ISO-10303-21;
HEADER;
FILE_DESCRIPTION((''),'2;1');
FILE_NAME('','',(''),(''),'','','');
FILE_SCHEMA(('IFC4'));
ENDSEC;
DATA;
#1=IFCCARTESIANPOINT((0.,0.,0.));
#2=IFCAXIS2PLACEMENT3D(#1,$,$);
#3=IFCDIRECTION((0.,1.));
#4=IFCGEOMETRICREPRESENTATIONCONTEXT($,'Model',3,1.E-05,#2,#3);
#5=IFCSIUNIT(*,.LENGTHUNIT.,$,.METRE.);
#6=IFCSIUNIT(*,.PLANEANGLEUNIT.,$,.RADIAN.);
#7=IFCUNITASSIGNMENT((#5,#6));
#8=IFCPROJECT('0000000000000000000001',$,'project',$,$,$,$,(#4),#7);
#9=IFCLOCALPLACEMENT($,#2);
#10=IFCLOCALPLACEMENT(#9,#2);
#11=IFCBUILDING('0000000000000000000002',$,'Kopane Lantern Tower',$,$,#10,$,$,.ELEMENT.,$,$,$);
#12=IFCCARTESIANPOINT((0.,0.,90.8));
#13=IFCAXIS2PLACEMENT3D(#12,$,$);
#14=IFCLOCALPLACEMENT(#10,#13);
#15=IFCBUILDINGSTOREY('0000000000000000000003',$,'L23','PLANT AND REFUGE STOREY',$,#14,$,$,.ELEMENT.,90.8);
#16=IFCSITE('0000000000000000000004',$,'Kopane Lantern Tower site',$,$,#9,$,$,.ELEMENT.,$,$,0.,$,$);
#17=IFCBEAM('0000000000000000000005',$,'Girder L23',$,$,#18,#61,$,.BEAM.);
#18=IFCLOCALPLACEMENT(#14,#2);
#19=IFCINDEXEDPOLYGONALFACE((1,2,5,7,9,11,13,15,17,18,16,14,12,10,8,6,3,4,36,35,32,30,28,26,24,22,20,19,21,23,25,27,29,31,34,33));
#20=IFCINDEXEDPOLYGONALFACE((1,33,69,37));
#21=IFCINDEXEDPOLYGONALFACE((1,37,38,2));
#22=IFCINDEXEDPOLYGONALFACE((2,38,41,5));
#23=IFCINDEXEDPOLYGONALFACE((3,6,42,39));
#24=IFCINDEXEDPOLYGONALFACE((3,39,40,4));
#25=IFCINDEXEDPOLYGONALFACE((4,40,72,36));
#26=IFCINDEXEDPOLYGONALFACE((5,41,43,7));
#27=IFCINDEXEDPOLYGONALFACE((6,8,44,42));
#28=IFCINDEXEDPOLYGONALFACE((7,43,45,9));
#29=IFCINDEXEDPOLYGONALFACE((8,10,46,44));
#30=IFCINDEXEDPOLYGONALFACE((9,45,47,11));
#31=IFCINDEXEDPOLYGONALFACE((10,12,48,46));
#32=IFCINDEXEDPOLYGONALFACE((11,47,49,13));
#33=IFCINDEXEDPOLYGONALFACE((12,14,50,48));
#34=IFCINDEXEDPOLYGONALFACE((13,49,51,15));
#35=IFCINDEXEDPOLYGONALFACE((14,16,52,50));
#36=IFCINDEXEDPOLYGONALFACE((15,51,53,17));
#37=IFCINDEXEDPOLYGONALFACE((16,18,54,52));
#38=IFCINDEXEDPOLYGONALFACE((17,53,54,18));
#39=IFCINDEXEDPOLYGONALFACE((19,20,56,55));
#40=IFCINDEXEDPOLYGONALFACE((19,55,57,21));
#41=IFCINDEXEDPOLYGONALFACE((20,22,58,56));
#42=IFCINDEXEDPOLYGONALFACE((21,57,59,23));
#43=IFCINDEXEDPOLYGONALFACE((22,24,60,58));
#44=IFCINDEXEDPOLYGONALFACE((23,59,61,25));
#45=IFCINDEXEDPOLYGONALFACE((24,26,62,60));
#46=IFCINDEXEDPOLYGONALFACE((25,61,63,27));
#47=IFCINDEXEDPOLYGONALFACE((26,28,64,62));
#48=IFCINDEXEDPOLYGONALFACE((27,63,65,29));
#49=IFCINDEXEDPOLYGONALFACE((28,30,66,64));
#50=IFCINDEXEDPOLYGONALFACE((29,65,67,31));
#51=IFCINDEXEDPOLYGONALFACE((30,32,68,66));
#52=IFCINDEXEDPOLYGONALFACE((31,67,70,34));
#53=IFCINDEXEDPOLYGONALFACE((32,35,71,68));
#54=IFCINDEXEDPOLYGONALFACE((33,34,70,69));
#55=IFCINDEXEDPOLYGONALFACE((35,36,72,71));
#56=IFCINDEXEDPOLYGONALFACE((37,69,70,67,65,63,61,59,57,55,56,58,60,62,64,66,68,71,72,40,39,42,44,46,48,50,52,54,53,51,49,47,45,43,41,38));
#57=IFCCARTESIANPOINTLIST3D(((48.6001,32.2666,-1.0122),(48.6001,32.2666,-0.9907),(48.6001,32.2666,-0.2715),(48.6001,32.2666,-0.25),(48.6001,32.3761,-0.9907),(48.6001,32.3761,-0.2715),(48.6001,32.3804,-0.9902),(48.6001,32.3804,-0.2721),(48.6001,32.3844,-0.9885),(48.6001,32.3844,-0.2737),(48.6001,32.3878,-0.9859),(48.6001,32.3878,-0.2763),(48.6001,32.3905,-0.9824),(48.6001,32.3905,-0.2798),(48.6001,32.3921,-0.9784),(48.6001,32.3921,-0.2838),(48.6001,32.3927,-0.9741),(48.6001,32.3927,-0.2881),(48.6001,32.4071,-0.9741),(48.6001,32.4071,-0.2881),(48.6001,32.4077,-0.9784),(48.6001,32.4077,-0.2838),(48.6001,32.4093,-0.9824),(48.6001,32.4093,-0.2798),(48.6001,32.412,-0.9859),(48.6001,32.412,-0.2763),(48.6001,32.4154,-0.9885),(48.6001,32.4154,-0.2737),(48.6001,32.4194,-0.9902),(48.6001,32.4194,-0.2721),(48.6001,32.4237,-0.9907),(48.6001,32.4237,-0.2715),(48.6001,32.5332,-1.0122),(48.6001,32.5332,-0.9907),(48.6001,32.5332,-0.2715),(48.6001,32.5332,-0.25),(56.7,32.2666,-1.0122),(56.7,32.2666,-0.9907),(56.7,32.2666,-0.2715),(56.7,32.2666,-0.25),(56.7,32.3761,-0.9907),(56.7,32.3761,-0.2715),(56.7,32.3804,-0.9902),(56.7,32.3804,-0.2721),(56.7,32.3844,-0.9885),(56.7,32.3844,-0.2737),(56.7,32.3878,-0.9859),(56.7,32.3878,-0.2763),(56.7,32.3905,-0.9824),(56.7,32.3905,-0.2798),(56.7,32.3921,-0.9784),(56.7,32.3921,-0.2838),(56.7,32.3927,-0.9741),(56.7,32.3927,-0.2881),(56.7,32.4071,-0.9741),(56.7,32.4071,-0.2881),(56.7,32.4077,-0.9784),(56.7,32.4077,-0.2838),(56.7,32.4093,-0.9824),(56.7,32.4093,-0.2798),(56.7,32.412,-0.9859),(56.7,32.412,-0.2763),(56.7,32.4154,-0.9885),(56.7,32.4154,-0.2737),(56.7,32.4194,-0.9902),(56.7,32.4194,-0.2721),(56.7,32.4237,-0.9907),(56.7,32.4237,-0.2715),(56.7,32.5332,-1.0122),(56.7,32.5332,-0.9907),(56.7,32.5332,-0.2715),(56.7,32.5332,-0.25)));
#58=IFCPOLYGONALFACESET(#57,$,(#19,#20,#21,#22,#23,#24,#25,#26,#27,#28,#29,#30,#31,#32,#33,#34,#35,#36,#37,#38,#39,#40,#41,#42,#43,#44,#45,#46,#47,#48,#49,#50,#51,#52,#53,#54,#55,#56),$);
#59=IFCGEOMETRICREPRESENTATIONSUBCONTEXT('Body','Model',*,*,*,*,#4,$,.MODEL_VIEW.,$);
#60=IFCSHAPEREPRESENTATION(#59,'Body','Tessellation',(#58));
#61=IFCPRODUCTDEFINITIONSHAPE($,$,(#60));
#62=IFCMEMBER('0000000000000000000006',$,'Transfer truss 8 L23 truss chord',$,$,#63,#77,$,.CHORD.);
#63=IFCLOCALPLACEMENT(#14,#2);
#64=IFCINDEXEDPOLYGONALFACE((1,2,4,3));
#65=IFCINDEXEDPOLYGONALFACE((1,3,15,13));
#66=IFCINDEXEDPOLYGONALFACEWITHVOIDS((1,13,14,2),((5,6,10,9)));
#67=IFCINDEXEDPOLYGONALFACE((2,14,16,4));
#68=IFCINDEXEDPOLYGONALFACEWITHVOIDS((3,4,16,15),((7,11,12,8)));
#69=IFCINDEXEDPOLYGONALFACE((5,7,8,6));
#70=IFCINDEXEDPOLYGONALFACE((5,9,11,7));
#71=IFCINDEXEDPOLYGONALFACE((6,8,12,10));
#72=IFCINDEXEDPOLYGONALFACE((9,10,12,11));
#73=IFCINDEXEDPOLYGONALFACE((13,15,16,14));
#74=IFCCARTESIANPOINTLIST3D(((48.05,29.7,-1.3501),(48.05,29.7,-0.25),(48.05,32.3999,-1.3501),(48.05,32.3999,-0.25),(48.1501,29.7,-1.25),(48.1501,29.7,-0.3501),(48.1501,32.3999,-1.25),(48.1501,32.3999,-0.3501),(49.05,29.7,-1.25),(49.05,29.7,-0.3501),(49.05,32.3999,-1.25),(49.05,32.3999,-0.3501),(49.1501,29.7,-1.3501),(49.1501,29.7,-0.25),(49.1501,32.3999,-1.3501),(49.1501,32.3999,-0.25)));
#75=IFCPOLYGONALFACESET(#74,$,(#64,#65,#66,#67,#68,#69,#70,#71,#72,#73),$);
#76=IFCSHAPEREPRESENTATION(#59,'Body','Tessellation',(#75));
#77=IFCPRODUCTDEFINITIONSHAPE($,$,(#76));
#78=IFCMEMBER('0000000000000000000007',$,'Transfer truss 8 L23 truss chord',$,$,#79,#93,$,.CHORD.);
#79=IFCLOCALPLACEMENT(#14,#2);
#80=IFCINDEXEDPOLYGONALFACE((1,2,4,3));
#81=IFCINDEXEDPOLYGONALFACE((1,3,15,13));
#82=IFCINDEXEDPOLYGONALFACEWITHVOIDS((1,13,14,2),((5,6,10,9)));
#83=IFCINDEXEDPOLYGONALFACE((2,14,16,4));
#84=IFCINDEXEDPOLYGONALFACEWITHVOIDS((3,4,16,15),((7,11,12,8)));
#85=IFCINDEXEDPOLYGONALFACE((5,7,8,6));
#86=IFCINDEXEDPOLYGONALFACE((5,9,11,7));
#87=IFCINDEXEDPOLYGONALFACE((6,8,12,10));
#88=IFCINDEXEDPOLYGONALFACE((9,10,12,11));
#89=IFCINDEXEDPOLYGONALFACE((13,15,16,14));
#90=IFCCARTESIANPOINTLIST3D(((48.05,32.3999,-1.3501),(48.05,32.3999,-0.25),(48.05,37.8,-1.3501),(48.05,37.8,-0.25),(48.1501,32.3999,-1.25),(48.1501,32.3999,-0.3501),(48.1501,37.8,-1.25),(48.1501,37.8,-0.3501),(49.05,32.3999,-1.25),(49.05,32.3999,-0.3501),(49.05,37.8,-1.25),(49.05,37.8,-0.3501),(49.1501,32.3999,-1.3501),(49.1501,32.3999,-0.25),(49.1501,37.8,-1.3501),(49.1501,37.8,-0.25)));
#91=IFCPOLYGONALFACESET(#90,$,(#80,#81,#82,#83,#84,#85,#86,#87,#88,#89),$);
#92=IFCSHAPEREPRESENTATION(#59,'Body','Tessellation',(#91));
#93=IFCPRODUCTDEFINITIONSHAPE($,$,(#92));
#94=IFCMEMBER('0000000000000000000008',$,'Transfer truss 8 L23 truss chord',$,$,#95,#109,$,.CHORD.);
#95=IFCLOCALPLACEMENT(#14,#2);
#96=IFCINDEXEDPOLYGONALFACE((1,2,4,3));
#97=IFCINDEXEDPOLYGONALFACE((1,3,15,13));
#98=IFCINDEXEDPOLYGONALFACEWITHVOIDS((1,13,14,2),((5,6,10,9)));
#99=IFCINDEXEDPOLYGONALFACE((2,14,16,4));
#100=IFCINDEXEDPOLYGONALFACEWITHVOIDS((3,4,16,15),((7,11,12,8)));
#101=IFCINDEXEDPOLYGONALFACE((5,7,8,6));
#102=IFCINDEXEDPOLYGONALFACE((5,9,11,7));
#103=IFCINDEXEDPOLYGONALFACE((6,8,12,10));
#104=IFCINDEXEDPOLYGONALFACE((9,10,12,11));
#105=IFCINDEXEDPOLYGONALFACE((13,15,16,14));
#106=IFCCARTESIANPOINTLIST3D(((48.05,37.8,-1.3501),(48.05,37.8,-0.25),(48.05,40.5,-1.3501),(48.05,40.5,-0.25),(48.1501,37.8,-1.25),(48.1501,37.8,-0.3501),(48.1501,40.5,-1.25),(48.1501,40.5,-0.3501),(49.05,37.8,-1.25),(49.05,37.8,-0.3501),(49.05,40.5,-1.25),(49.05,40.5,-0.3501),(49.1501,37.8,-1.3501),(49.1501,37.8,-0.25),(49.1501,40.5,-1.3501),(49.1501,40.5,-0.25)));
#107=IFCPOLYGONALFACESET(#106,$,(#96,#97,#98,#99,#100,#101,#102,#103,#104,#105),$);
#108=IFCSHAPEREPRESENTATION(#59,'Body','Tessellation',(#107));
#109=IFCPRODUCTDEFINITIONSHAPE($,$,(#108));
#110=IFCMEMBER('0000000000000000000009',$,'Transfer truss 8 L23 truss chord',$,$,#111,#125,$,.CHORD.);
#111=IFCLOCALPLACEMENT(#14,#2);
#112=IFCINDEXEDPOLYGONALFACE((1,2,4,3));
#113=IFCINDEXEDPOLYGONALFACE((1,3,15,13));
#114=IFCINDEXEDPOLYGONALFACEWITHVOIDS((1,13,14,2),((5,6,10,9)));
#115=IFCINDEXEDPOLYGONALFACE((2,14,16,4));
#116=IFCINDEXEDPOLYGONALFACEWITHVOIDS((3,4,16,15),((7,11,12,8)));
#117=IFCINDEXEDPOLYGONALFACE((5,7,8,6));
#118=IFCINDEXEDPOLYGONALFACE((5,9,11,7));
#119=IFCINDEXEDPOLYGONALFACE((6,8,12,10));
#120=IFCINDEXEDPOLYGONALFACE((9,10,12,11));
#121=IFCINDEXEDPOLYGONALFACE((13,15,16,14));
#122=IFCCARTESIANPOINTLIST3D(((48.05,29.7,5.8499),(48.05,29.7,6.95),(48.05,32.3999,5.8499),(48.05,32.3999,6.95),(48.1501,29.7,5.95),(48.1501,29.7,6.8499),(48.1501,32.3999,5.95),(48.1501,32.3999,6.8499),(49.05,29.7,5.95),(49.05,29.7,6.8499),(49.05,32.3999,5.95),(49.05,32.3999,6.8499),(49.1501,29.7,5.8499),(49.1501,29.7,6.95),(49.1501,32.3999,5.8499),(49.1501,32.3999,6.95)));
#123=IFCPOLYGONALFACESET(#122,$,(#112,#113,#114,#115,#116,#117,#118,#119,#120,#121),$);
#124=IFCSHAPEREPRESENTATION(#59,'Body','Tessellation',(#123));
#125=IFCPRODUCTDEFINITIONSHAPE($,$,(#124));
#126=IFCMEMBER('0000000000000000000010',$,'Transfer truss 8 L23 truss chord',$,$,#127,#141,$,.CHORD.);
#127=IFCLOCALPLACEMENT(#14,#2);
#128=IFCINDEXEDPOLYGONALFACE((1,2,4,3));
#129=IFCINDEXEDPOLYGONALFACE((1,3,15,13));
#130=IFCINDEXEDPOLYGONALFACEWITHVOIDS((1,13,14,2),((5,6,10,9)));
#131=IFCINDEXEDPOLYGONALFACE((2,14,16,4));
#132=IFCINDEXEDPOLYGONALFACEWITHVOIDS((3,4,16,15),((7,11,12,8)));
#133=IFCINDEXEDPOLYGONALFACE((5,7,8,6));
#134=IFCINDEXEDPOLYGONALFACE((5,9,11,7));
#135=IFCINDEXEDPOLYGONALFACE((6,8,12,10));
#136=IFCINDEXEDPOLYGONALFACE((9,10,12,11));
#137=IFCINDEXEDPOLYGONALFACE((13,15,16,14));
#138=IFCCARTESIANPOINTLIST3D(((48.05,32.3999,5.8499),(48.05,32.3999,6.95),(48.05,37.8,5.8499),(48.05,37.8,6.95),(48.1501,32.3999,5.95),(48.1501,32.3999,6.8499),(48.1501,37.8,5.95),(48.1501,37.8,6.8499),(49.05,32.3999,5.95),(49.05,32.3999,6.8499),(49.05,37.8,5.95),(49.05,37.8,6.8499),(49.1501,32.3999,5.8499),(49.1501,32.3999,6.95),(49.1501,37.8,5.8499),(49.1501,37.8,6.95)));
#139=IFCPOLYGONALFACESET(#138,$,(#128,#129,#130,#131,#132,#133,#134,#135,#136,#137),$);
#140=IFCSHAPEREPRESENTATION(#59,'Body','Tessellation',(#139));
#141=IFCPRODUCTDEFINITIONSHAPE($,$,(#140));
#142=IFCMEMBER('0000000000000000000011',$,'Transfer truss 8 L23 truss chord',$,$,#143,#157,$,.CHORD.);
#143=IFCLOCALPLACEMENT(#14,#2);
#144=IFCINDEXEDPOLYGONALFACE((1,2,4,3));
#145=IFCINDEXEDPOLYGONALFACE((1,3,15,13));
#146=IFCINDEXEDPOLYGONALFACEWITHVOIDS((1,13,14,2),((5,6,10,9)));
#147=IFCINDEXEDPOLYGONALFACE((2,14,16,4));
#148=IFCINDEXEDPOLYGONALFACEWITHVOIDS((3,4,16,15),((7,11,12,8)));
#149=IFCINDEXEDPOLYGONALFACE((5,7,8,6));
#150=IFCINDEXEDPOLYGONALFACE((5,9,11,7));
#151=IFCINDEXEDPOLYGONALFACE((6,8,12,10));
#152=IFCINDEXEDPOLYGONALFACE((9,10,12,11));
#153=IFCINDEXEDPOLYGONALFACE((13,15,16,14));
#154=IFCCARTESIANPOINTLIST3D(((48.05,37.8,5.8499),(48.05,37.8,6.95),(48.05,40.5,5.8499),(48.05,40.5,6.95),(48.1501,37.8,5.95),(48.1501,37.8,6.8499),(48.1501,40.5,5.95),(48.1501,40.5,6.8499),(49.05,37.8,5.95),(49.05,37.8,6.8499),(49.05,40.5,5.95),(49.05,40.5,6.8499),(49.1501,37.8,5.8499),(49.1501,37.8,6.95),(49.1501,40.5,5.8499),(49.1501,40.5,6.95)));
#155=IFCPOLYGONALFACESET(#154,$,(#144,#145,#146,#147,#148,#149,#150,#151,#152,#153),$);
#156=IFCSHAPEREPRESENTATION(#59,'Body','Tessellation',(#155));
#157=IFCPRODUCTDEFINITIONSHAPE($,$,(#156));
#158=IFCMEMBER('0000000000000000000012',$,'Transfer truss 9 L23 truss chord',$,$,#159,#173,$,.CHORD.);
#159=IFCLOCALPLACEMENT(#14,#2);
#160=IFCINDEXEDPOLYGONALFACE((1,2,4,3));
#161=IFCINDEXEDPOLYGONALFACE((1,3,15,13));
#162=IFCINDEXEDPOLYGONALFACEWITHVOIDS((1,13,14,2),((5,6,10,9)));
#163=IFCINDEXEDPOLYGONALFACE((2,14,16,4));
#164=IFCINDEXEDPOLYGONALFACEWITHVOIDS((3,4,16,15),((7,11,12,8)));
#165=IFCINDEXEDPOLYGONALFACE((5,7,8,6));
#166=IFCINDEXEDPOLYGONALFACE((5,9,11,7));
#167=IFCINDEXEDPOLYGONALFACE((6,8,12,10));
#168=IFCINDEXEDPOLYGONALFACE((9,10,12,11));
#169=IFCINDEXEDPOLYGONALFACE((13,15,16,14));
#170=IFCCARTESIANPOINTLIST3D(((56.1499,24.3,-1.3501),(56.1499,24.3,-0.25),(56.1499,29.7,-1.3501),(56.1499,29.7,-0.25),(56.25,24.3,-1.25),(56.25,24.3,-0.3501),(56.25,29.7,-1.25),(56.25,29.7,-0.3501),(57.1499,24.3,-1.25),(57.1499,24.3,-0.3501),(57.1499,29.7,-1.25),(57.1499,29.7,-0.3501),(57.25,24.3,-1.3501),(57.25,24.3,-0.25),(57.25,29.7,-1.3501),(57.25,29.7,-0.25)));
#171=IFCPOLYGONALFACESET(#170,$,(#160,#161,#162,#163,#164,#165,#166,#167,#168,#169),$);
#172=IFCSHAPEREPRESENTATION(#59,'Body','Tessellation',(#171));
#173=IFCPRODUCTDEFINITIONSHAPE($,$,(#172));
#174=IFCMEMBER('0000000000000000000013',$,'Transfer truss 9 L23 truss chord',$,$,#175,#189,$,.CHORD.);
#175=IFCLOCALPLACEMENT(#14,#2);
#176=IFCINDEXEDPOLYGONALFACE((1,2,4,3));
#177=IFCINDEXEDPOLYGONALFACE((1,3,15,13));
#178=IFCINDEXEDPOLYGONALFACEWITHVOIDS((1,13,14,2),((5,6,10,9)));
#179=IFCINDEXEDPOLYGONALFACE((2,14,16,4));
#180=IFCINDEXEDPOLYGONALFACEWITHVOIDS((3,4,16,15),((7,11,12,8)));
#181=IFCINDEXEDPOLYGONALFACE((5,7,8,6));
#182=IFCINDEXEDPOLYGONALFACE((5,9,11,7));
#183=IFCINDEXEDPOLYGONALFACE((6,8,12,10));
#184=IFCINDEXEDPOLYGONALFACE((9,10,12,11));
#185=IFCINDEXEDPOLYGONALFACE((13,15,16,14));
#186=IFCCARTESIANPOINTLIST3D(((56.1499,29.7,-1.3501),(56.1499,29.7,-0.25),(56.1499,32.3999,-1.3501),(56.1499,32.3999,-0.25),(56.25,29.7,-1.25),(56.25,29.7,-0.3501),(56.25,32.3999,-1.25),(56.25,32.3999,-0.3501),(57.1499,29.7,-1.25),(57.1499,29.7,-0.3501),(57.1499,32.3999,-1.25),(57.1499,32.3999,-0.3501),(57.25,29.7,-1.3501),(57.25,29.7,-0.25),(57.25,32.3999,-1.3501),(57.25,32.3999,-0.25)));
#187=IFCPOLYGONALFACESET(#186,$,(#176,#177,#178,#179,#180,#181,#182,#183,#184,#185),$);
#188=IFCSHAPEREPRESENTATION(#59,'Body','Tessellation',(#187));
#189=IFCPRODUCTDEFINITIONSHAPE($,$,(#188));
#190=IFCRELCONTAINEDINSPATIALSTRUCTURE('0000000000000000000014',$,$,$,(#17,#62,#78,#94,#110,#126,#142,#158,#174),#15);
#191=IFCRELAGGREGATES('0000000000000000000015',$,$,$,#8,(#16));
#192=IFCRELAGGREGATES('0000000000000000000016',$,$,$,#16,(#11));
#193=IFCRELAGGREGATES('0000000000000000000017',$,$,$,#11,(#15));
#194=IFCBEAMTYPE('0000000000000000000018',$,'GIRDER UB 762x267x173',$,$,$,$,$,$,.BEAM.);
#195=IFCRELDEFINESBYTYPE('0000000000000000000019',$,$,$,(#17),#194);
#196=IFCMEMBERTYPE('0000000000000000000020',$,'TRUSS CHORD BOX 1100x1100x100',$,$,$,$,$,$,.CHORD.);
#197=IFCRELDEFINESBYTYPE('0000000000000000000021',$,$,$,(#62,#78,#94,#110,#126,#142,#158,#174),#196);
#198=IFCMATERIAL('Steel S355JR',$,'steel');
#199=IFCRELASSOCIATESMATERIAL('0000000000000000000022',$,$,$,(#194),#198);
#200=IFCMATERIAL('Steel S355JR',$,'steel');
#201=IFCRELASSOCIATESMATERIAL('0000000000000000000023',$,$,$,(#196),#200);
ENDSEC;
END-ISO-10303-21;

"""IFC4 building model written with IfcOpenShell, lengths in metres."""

from ifc_helpers import new_model, si_unit, direction, frame, origin, origin_2d, place, context, subcontext, project, spatial, hollow_rectangle, i_section, extrude, material, material_profile, profile_set, type_object, element, save


model = new_model("IFC4")

# Units and contexts
model_context = context("Model", 3, precision=1e-05, world=origin(), true_north=direction((0.0, 1.0)))
body_context = subcontext(model_context, "Body", "Model", "MODEL_VIEW")
ifc_project = project(units=[si_unit("LENGTHUNIT", "METRE"), si_unit("PLANEANGLEUNIT", "RADIAN")], contexts=[model_context])

# Site, building, storey
site_placement = place(None, origin())
site = spatial("IfcSite", under=ifc_project, at=site_placement, Name="Kopane Lantern Tower site", CompositionType="ELEMENT", RefElevation=0.0)
building_placement = place(site_placement, origin())
building = spatial("IfcBuilding", under=site, at=building_placement, Name="Kopane Lantern Tower", CompositionType="ELEMENT")
storey_placement = place(building_placement, frame((0.0, 0.0, 90.8)))
storey = spatial("IfcBuildingStorey", under=building, at=storey_placement, Name="L23", Description="PLANT AND REFUGE STOREY", CompositionType="ELEMENT", Elevation=90.8)

# Beam
ifc_material_1 = material(Name="Steel S355JR", Category="steel")
ifc_material_profile_1 = material_profile(ifc_material_1, i_section(OverallWidth=0.2666, OverallDepth=0.7622, WebThickness=0.0144, FlangeThickness=0.0215, FilletRadius=0.0166, at=origin_2d()), Name="UB 762x267x173")
ifc_profile_set_1 = profile_set([ifc_material_profile_1], Name="Steel S355JR")
beam_type = type_object("IfcBeamType", Name="GIRDER UB 762x267x173", PredefinedType="BEAM", material=ifc_profile_set_1)
beam_placement = place(storey_placement, frame((48.6001, 32.3999, -0.6311), z_axis=(1.0, 0.0, 0.0), x_axis=(0.0, 1.0, 0.0)))
element("IfcBeam", 1, at=beam_placement, inside=storey, type_object=beam_type, Name="Girder L23", PredefinedType="BEAM", context=body_context, shape_type="SweptSolid", body=[
    extrude(i_section(OverallWidth=0.2666, OverallDepth=0.7622, WebThickness=0.0144, FlangeThickness=0.0215, FilletRadius=0.0166, at=origin_2d()), origin(), (0.0, 0.0, 1.0), 8.0999),
])

# Members
ifc_material_2 = material(Name="Steel S355JR", Category="steel")
ifc_material_profile_2 = material_profile(ifc_material_2, hollow_rectangle(XDim=1.1001, YDim=1.1001, WallThickness=0.1001, at=origin_2d()), Name="BOX 1100x1100x100")
ifc_profile_set_2 = profile_set([ifc_material_profile_2], Name="Steel S355JR")
member_type_1 = type_object("IfcMemberType", Name="TRUSS CHORD BOX 1100x1100x100", PredefinedType="CHORD", material=ifc_profile_set_2)
member_1_placement = place(storey_placement, frame((48.6001, 29.7, -0.8), z_axis=(0.0, 1.0, 0.0), x_axis=(-1.0, 0.0, 0.0)))
element("IfcMember", 2, at=member_1_placement, inside=storey, type_object=member_type_1, Name="Transfer truss 8 L23 truss chord", PredefinedType="CHORD", context=body_context, shape_type="SweptSolid", body=[
    extrude(hollow_rectangle(XDim=1.1001, YDim=1.1001, WallThickness=0.1001, at=origin_2d()), origin(), (0.0, 0.0, 1.0), 2.7),
])
member_2_placement = place(storey_placement, frame((48.6001, 32.3999, -0.8), z_axis=(0.0, 1.0, 0.0), x_axis=(-1.0, 0.0, 0.0)))
element("IfcMember", 3, at=member_2_placement, inside=storey, type_object=member_type_1, Name="Transfer truss 8 L23 truss chord", PredefinedType="CHORD", context=body_context, shape_type="SweptSolid", body=[
    extrude(hollow_rectangle(XDim=1.1001, YDim=1.1001, WallThickness=0.1001, at=origin_2d()), origin(), (0.0, 0.0, 1.0), 5.4001),
])
for number, where, z_axis, x_axis, name in (
    (4, (48.6001, 37.8, -0.8), (0.0, 1.0, 0.0), (-1.0, 0.0, 0.0), "Transfer truss 8 L23 truss chord"),
    (5, (48.6001, 29.7, 6.3999), (0.0, 1.0, 0.0), (-1.0, 0.0, 0.0), "Transfer truss 8 L23 truss chord"),
):
    element("IfcMember", number, at=place(storey_placement, frame(where, z_axis=z_axis, x_axis=x_axis)), inside=storey, type_object=member_type_1, Name=name, PredefinedType="CHORD", context=body_context, shape_type="SweptSolid", body=[
        extrude(hollow_rectangle(XDim=1.1001, YDim=1.1001, WallThickness=0.1001, at=origin_2d()), origin(), (0.0, 0.0, 1.0), 2.7),
    ])
member_3_placement = place(storey_placement, frame((48.6001, 32.3999, 6.3999), z_axis=(0.0, 1.0, 0.0), x_axis=(-1.0, 0.0, 0.0)))
element("IfcMember", 6, at=member_3_placement, inside=storey, type_object=member_type_1, Name="Transfer truss 8 L23 truss chord", PredefinedType="CHORD", context=body_context, shape_type="SweptSolid", body=[
    extrude(hollow_rectangle(XDim=1.1001, YDim=1.1001, WallThickness=0.1001, at=origin_2d()), origin(), (0.0, 0.0, 1.0), 5.4001),
])
member_4_placement = place(storey_placement, frame((48.6001, 37.8, 6.3999), z_axis=(0.0, 1.0, 0.0), x_axis=(-1.0, 0.0, 0.0)))
element("IfcMember", 7, at=member_4_placement, inside=storey, type_object=member_type_1, Name="Transfer truss 8 L23 truss chord", PredefinedType="CHORD", context=body_context, shape_type="SweptSolid", body=[
    extrude(hollow_rectangle(XDim=1.1001, YDim=1.1001, WallThickness=0.1001, at=origin_2d()), origin(), (0.0, 0.0, 1.0), 2.7),
])
member_5_placement = place(storey_placement, frame((56.7, 24.3, -0.8), z_axis=(0.0, 1.0, 0.0), x_axis=(-1.0, 0.0, 0.0)))
element("IfcMember", 8, at=member_5_placement, inside=storey, type_object=member_type_1, Name="Transfer truss 9 L23 truss chord", PredefinedType="CHORD", context=body_context, shape_type="SweptSolid", body=[
    extrude(hollow_rectangle(XDim=1.1001, YDim=1.1001, WallThickness=0.1001, at=origin_2d()), origin(), (0.0, 0.0, 1.0), 5.3999),
])
member_6_placement = place(storey_placement, frame((56.7, 29.7, -0.8), z_axis=(0.0, 1.0, 0.0), x_axis=(-1.0, 0.0, 0.0)))
element("IfcMember", 9, at=member_6_placement, inside=storey, type_object=member_type_1, Name="Transfer truss 9 L23 truss chord", PredefinedType="CHORD", context=body_context, shape_type="SweptSolid", body=[
    extrude(hollow_rectangle(XDim=1.1001, YDim=1.1001, WallThickness=0.1001, at=origin_2d()), origin(), (0.0, 0.0, 1.0), 2.7),
])

save(model, "model.ifc")
